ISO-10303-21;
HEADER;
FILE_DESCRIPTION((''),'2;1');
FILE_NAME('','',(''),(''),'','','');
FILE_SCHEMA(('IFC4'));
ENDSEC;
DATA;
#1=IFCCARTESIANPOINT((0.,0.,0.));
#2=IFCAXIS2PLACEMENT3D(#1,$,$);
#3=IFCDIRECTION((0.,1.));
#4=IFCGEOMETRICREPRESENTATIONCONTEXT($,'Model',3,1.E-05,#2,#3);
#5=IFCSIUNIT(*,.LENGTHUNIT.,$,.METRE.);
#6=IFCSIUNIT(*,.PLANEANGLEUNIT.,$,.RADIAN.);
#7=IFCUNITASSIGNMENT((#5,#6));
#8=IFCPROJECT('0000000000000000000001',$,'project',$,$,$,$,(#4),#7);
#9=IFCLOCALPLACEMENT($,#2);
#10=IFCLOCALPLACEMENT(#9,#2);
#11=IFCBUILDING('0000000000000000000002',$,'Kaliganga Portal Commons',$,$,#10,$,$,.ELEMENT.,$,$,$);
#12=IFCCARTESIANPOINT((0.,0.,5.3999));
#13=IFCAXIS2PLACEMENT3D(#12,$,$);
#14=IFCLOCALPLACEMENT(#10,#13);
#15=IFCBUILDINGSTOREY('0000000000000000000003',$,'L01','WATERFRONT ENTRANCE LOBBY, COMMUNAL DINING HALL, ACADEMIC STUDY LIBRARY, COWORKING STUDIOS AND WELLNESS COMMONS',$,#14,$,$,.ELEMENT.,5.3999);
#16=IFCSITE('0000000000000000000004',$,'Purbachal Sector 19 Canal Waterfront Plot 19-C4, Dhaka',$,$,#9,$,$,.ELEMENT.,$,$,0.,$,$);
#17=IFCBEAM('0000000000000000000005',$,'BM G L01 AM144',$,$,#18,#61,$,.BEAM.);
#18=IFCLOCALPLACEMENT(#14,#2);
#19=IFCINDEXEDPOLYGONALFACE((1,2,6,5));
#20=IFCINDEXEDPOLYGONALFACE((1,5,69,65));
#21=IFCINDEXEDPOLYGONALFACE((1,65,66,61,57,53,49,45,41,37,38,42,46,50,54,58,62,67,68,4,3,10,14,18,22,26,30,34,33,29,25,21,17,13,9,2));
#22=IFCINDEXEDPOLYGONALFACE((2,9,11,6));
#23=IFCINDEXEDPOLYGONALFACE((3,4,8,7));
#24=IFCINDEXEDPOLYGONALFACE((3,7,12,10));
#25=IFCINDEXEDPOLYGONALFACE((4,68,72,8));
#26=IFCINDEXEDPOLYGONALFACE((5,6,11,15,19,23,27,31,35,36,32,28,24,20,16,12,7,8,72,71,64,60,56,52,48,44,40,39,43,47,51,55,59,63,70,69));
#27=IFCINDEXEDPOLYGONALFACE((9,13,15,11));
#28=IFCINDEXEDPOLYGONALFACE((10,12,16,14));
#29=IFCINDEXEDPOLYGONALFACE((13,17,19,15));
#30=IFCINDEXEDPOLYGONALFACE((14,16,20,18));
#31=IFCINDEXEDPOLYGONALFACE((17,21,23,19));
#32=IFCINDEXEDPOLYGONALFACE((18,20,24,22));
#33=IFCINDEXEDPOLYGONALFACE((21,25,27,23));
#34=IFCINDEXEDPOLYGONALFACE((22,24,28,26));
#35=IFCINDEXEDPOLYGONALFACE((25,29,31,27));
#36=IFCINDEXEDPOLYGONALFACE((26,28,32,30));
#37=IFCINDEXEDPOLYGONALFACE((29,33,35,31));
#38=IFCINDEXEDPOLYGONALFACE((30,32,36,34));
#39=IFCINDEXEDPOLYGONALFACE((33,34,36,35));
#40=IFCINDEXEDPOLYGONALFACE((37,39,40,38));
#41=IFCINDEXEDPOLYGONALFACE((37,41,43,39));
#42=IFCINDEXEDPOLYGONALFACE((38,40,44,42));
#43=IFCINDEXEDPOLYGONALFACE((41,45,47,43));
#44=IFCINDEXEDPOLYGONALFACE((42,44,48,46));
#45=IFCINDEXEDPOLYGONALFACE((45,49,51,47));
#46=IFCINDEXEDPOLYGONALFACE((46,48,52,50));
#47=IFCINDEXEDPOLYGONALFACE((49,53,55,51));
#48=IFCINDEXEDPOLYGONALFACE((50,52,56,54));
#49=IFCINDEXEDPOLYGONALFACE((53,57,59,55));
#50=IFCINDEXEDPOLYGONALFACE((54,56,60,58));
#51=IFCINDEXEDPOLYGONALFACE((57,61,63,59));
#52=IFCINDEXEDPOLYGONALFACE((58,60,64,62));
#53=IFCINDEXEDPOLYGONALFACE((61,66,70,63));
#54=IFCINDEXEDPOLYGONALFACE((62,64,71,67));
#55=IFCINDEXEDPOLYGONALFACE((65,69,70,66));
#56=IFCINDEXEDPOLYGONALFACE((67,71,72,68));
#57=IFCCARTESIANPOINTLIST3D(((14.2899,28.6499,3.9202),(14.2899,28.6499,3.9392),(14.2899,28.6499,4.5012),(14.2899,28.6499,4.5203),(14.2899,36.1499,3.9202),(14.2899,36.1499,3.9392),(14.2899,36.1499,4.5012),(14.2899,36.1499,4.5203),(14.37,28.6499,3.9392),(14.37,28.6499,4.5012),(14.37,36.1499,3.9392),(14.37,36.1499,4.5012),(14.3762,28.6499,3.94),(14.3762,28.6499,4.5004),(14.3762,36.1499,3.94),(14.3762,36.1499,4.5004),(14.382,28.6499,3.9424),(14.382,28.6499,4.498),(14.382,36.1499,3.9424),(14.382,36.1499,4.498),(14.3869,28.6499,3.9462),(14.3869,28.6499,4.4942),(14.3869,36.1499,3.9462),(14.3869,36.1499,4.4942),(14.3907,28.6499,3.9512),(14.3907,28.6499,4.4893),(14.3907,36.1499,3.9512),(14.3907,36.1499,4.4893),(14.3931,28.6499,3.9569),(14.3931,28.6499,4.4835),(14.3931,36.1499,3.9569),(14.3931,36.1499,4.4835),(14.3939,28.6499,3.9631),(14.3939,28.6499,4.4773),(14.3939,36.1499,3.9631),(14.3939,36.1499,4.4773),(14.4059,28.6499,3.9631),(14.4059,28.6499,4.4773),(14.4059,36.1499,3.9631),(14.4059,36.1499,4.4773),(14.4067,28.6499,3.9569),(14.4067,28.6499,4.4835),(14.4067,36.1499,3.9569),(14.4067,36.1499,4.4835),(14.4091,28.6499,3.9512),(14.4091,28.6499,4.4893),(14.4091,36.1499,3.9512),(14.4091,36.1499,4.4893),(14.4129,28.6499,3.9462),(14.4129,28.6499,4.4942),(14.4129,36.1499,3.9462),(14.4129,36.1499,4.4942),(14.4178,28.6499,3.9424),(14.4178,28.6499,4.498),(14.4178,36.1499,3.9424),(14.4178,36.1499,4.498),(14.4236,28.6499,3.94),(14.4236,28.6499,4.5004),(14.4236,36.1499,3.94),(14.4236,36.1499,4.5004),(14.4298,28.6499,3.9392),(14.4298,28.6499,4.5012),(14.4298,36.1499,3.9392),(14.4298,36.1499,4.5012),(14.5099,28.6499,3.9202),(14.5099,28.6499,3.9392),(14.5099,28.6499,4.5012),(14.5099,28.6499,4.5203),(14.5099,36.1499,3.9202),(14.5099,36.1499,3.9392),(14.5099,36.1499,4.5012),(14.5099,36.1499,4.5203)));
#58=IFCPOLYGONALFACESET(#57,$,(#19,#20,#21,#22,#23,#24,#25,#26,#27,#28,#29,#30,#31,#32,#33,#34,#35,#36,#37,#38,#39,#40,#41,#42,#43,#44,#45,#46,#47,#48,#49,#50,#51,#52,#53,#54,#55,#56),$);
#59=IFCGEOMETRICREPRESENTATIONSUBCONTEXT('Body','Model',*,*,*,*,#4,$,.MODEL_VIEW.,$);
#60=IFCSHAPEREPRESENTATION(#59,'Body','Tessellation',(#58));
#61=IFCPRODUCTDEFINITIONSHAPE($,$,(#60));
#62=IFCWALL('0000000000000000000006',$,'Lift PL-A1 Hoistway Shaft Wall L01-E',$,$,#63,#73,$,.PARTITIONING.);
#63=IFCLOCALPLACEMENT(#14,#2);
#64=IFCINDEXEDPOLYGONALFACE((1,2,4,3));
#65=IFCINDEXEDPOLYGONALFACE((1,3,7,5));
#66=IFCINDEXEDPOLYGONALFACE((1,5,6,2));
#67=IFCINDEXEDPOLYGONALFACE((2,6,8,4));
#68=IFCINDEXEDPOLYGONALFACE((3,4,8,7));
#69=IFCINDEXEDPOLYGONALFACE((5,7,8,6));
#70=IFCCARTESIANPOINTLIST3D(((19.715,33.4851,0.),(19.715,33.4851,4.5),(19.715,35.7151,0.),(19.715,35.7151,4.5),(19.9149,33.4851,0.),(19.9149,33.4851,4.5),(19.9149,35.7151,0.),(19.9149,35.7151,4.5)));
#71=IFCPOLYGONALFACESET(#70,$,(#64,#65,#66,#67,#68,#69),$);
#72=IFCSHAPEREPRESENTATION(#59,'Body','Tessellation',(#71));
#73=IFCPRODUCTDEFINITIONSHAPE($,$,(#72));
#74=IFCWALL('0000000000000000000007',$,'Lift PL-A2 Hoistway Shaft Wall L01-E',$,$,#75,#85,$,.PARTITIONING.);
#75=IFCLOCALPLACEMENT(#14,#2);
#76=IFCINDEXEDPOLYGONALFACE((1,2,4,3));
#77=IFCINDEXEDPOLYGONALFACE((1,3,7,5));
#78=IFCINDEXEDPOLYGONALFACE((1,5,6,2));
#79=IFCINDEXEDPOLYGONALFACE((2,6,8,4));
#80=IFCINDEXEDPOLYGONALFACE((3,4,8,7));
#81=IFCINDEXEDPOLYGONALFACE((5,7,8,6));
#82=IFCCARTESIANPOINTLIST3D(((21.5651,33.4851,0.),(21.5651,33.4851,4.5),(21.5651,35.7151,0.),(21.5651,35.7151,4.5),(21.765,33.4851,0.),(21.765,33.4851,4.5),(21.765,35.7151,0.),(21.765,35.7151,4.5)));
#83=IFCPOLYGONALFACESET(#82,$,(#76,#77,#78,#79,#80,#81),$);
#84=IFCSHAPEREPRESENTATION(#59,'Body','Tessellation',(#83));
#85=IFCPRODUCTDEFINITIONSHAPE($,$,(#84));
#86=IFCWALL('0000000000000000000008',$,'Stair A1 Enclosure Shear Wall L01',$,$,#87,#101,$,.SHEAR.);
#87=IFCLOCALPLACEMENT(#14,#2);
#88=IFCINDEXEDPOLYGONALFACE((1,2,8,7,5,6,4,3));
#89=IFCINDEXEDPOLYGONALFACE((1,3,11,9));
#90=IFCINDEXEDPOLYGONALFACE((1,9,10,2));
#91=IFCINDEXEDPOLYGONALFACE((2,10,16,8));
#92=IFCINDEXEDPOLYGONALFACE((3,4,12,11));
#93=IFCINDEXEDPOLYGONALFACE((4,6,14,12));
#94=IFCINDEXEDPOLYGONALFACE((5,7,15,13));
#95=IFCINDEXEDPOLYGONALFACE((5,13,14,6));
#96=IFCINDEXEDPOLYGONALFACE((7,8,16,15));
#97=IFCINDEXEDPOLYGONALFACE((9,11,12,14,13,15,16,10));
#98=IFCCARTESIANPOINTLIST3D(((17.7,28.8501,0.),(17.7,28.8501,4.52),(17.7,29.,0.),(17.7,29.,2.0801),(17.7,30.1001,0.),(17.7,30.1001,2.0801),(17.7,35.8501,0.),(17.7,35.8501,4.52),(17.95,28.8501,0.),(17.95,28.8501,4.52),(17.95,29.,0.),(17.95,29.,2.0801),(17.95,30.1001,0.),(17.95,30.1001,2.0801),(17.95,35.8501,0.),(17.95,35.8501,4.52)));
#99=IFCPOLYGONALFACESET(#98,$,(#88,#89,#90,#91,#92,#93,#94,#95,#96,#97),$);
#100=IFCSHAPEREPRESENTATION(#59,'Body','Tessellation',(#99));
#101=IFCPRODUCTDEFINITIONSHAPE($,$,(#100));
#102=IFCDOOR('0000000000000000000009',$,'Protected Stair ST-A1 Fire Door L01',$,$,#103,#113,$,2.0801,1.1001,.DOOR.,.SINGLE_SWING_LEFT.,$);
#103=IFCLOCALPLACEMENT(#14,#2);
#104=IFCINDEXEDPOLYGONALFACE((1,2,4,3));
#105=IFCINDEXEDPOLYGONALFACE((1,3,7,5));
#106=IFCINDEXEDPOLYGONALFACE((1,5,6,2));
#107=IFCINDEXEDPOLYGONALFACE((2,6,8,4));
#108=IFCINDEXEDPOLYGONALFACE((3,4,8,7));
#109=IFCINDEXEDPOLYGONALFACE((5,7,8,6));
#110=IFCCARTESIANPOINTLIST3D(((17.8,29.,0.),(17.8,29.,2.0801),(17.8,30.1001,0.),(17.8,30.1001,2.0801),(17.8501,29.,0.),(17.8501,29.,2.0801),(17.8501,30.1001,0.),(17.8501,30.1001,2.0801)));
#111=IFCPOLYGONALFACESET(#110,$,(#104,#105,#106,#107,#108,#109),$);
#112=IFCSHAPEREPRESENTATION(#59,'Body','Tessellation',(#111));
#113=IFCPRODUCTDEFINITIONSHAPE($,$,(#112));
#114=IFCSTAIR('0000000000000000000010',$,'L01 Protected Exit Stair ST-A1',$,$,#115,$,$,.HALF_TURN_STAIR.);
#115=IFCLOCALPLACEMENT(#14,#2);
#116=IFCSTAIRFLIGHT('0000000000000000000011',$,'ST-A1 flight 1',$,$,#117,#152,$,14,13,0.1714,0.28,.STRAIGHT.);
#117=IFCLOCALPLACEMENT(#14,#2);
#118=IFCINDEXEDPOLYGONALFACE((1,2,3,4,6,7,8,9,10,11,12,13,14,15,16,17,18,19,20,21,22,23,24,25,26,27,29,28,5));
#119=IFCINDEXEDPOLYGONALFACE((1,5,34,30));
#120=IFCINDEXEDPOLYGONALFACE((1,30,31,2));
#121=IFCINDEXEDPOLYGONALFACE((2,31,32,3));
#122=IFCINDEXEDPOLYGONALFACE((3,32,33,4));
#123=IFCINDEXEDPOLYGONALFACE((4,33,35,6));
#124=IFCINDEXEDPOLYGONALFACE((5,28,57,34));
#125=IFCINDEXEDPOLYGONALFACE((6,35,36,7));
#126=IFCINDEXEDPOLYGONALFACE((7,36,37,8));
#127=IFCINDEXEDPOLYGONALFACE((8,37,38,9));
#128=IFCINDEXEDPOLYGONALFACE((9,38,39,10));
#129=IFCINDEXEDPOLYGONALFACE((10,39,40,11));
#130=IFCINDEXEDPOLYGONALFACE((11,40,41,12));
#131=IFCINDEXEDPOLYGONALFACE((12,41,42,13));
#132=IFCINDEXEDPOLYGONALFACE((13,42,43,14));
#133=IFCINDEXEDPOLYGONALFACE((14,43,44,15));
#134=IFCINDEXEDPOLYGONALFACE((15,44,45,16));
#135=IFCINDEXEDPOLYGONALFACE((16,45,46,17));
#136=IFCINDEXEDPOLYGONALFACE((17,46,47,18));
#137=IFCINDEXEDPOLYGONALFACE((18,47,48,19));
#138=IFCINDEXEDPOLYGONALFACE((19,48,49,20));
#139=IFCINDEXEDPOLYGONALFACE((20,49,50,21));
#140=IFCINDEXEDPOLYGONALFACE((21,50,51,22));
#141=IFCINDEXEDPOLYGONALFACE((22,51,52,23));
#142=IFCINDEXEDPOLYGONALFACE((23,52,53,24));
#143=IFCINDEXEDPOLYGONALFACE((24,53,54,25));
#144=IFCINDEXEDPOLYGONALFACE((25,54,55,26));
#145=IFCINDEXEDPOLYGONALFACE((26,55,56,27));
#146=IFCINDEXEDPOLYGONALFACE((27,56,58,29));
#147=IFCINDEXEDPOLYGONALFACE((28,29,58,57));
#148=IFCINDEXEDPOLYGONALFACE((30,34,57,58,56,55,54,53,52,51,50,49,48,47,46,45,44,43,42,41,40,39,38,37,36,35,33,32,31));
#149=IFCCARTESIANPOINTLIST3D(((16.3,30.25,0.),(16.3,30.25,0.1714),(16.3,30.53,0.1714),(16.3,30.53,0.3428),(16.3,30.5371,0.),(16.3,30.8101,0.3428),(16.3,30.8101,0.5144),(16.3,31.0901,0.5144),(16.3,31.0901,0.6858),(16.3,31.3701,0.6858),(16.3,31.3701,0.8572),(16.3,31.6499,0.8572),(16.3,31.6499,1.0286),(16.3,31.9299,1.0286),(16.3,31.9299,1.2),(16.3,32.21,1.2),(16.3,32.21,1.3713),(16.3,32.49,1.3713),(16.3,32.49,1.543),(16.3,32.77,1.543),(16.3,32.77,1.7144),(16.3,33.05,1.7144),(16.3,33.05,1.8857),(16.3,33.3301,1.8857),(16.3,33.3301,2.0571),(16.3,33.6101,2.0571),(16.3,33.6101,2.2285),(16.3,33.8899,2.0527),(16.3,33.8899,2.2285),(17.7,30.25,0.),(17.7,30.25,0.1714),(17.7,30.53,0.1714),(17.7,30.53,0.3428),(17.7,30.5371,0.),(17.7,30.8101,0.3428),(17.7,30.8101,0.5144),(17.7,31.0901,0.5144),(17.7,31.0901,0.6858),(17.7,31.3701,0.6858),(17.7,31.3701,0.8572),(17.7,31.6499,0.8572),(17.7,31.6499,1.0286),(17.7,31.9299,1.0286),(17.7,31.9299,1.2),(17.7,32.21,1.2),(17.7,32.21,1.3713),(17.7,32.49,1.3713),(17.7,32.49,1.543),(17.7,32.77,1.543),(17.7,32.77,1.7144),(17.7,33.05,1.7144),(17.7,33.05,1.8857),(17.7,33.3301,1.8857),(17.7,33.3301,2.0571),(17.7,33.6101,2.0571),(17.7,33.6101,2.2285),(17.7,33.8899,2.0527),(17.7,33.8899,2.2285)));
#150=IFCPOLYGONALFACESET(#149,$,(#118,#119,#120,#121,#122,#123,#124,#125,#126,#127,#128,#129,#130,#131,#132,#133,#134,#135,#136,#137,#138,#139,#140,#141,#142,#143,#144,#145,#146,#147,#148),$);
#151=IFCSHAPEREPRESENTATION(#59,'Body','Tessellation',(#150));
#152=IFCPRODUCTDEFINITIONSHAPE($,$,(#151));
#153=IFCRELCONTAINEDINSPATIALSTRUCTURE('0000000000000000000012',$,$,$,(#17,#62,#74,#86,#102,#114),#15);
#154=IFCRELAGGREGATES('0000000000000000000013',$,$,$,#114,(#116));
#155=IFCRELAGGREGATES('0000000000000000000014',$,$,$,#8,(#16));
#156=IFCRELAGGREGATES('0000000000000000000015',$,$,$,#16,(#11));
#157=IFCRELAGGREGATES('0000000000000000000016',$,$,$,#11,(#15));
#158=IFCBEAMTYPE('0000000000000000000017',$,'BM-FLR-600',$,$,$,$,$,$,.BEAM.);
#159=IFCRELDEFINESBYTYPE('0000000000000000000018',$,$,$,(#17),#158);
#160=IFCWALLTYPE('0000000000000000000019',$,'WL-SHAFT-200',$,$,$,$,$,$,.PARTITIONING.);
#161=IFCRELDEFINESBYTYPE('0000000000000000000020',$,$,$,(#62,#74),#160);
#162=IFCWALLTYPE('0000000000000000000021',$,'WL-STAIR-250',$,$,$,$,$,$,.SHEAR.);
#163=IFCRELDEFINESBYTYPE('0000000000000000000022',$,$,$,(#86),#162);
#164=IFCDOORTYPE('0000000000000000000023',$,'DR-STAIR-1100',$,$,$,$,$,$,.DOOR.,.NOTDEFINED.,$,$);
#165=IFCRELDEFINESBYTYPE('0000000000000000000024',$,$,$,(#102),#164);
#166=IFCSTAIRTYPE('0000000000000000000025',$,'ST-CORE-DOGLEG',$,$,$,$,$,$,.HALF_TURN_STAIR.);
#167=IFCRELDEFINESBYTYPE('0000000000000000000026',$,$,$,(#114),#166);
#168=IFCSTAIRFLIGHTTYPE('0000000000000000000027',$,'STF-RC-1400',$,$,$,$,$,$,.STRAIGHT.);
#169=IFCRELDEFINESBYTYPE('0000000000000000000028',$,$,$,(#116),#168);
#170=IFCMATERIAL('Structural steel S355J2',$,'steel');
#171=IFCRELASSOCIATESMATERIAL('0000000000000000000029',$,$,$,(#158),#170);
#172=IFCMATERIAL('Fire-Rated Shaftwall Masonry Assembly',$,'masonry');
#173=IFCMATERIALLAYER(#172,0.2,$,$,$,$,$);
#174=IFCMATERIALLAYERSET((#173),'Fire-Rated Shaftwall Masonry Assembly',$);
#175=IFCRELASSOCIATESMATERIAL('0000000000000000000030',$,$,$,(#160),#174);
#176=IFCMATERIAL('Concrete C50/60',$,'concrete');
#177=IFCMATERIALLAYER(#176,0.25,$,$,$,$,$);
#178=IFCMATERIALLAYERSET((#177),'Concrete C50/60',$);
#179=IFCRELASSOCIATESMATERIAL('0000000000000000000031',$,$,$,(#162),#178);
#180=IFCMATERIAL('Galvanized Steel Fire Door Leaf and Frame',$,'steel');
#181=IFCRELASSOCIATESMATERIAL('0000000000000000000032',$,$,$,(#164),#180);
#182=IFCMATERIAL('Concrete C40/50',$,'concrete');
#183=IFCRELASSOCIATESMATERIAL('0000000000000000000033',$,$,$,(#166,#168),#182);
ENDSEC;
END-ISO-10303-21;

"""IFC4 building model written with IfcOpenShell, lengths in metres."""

from ifc_helpers import new_model, si_unit, direction, frame, frame_2d, origin, origin_2d, place, context, subcontext, project, spatial, polyline, rectangle, i_section, outline, extrude, source, transform, mapped, material, layer, layer_set, material_profile, profile_set, type_object, element, fill, aggregate, save


model = new_model("IFC4")

# Units and contexts
model_context = context("Model", 3, precision=1e-05, world=origin(), true_north=direction((0.0, 1.0)))
body_context = subcontext(model_context, "Body", "Model", "MODEL_VIEW")
ifc_project = project(units=[si_unit("LENGTHUNIT", "METRE"), si_unit("PLANEANGLEUNIT", "RADIAN")], contexts=[model_context])

# Site, building, storey
site_placement = place(None, origin())
site = spatial("IfcSite", under=ifc_project, at=site_placement, Name="Purbachal Sector 19 Canal Waterfront Plot 19-C4, Dhaka", CompositionType="ELEMENT", RefElevation=0.0)
building_placement = place(site_placement, origin())
building = spatial("IfcBuilding", under=site, at=building_placement, Name="Kaliganga Portal Commons", CompositionType="ELEMENT")
storey_placement = place(building_placement, frame((0.0, 0.0, 5.3999)))
storey = spatial("IfcBuildingStorey", under=building, at=storey_placement, Name="L01", Description="WATERFRONT ENTRANCE LOBBY, COMMUNAL DINING HALL, ACADEMIC STUDY LIBRARY, COWORKING STUDIOS AND WELLNESS COMMONS", CompositionType="ELEMENT", Elevation=5.3999)

# Beam
ifc_material_1 = material(Name="Structural steel S355J2", Category="steel")
ifc_material_profile = material_profile(ifc_material_1, i_section(OverallWidth=0.22, OverallDepth=0.6001, WebThickness=0.012, FlangeThickness=0.019, FilletRadius=0.0239, at=origin_2d()), Name="IPE 600")
ifc_profile_set = profile_set([ifc_material_profile], Name="Structural steel S355J2 wide-flange")
beam_type = type_object("IfcBeamType", Name="BM-FLR-600", PredefinedType="BEAM", material=ifc_profile_set)
shared_shape_1 = source(origin(), body_context, "Body", "SweptSolid", [
    extrude(i_section(OverallWidth=0.22, OverallDepth=0.6001, WebThickness=0.012, FlangeThickness=0.019, FilletRadius=0.0239, at=origin_2d()), origin(), (0.0, 0.0, 1.0), 7.5),
])
beam_placement = place(storey_placement, frame((14.3999, 28.6499, 4.2202), z_axis=(0.0, 1.0, 0.0), x_axis=(-1.0, 0.0, 0.0)))
element("IfcBeam", 1, at=beam_placement, inside=storey, type_object=beam_type, Name="BM G L01 AM144", PredefinedType="BEAM", context=body_context, shape_type="MappedRepresentation", body=[
    mapped(shared_shape_1, transform((0.0, 0.0, 0.0), x_axis=(1.0, 0.0, 0.0), y_axis=(0.0, 1.0, 0.0), z_axis=(0.0, 0.0, 1.0), scale=1.0)),
])

# Shared definitions
ifc_material_2 = material(Name="Fire-Rated Shaftwall Masonry Assembly", Category="masonry")
ifc_layer_1 = layer(ifc_material_2, 0.2)
ifc_layer_set_1 = layer_set([ifc_layer_1], Name="Fire-Rated Shaftwall Masonry Assembly")
wall_type_1 = type_object("IfcWallType", Name="WL-SHAFT-200", PredefinedType="PARTITIONING", material=ifc_layer_set_1)

# Wall
wall_1_placement = place(storey_placement, frame((19.8149, 33.4851, 0.0), z_axis=(0.0, 0.0, 1.0), x_axis=(0.0, 1.0, 0.0)))
element("IfcWall", 2, at=wall_1_placement, inside=storey, type_object=wall_type_1, Name="Lift PL-A1 Hoistway Shaft Wall L01-E", PredefinedType="PARTITIONING", context=body_context, shape_type="SweptSolid", body=[
    extrude(rectangle(XDim=2.23, YDim=0.2, at=frame_2d((1.115, 0.0))), origin(), (0.0, 0.0, 1.0), 4.5),
])

# Wall
wall_2_placement = place(storey_placement, frame((21.665, 33.4851, 0.0), z_axis=(0.0, 0.0, 1.0), x_axis=(0.0, 1.0, 0.0)))
element("IfcWall", 3, at=wall_2_placement, inside=storey, type_object=wall_type_1, Name="Lift PL-A2 Hoistway Shaft Wall L01-E", PredefinedType="PARTITIONING", context=body_context, shape_type="SweptSolid", body=[
    extrude(rectangle(XDim=2.23, YDim=0.2, at=frame_2d((1.115, 0.0))), origin(), (0.0, 0.0, 1.0), 4.5),
])

# Wall, opening, door
ifc_material_3 = material(Name="Concrete C50/60", Category="concrete")
ifc_layer_2 = layer(ifc_material_3, 0.25)
ifc_layer_set_2 = layer_set([ifc_layer_2], Name="Concrete C50/60")
wall_type_2 = type_object("IfcWallType", Name="WL-STAIR-250", PredefinedType="SHEAR", material=ifc_layer_set_2)
wall_3_placement = place(storey_placement, frame((17.825, 28.8501, 0.0), z_axis=(0.0, 0.0, 1.0), x_axis=(0.0, 1.0, 0.0)))
wall_3 = element("IfcWall", 4, at=wall_3_placement, inside=storey, type_object=wall_type_2, Name="Stair A1 Enclosure Shear Wall L01", PredefinedType="SHEAR", context=body_context, shape_type="SweptSolid", body=[
    extrude(rectangle(XDim=7.0, YDim=0.25, at=frame_2d((3.5, 0.0))), origin(), (0.0, 0.0, 1.0), 4.52),
])
opening_1_placement = place(wall_3_placement, frame((0.1499, 0.0, 0.0)))
opening_1 = element("IfcOpeningElement", 5, at=opening_1_placement, cuts=wall_3, PredefinedType="OPENING", context=body_context, shape_type="SweptSolid", body=[
    extrude(rectangle(XDim=1.1001, YDim=2.0801, at=frame_2d((0.55, 1.04))), frame((0.0, 0.135, 0.0), z_axis=(0.0, -1.0, 0.0), x_axis=(1.0, 0.0, 0.0)), (0.0, 0.0, 1.0), 0.27),
])
ifc_material_4 = material(Name="Galvanized Steel Fire Door Leaf and Frame", Category="steel")
door_type_1 = type_object("IfcDoorType", Name="DR-STAIR-1100", OperationType="NOTDEFINED", PredefinedType="DOOR", material=ifc_material_4)
door_1_placement = place(opening_1_placement, origin())
door_1 = element("IfcDoor", 6, at=door_1_placement, inside=storey, type_object=door_type_1, Name="Protected Stair ST-A1 Fire Door L01", OperationType="SINGLE_SWING_LEFT", OverallHeight=2.0801, OverallWidth=1.1001, PredefinedType="DOOR", context=body_context, shape_type="SweptSolid", body=[
    extrude(rectangle(XDim=1.1001, YDim=2.0801, at=frame_2d((0.55, 1.04))), frame((0.0, 0.0249, 0.0), z_axis=(0.0, -1.0, 0.0), x_axis=(1.0, 0.0, 0.0)), (0.0, 0.0, 1.0), 0.05),
])
fill(opening_1, door_1)

# Stair, stair flight
ifc_material_5 = material(Name="Concrete C40/50", Category="concrete")
stair_type = type_object("IfcStairType", Name="ST-CORE-DOGLEG", PredefinedType="HALF_TURN_STAIR", material=ifc_material_5)
stair_placement = place(storey_placement, origin())
stair = element("IfcStair", 7, at=stair_placement, inside=storey, type_object=stair_type, Name="L01 Protected Exit Stair ST-A1", PredefinedType="HALF_TURN_STAIR")
stair_flight_type = type_object("IfcStairFlightType", Name="STF-RC-1400", PredefinedType="STRAIGHT", material=ifc_material_5)
stair_flight_1_placement = place(storey_placement, frame((17.0, 30.25, 0.0), z_axis=(0.0, 0.0, 1.0), x_axis=(0.0, 1.0, 0.0)))
stair_flight_1 = element("IfcStairFlight", 8, at=stair_flight_1_placement, type_object=stair_flight_type, Name="ST-A1 flight 1", NumberOfRisers=14, NumberOfTreads=13, PredefinedType="STRAIGHT", RiserHeight=0.1714, TreadLength=0.28, context=body_context, shape_type="SweptSolid", body=[
    extrude(outline(polyline([(0.0, 0.0), (0.0, 0.1714), (0.28, 0.1714), (0.28, 0.3428), (0.5601, 0.3428), (0.5601, 0.5144), (0.8401, 0.5144), (0.8401, 0.6858), (1.1201, 0.6858), (1.1201, 0.8572), (1.3999, 0.8572), (1.3999, 1.0286), (1.6799, 1.0286), (1.6799, 1.2), (1.96, 1.2), (1.96, 1.3713), (2.24, 1.3713), (2.24, 1.543), (2.52, 1.543), (2.52, 1.7144), (2.8, 1.7144), (2.8, 1.8857), (3.0801, 1.8857), (3.0801, 2.0571), (3.3601, 2.0571), (3.3601, 2.2285), (3.6399, 2.2285), (3.6399, 2.3999), (3.6399, 2.0527), (0.2871, 0.0), (0.0, 0.0)])), frame((0.0, 0.7, 0.0), z_axis=(0.0, -1.0, 0.0), x_axis=(1.0, 0.0, 0.0)), (0.0, 0.0, 1.0), 1.3999),
])
aggregate(stair, [stair_flight_1])

save(model, "model.ifc")
